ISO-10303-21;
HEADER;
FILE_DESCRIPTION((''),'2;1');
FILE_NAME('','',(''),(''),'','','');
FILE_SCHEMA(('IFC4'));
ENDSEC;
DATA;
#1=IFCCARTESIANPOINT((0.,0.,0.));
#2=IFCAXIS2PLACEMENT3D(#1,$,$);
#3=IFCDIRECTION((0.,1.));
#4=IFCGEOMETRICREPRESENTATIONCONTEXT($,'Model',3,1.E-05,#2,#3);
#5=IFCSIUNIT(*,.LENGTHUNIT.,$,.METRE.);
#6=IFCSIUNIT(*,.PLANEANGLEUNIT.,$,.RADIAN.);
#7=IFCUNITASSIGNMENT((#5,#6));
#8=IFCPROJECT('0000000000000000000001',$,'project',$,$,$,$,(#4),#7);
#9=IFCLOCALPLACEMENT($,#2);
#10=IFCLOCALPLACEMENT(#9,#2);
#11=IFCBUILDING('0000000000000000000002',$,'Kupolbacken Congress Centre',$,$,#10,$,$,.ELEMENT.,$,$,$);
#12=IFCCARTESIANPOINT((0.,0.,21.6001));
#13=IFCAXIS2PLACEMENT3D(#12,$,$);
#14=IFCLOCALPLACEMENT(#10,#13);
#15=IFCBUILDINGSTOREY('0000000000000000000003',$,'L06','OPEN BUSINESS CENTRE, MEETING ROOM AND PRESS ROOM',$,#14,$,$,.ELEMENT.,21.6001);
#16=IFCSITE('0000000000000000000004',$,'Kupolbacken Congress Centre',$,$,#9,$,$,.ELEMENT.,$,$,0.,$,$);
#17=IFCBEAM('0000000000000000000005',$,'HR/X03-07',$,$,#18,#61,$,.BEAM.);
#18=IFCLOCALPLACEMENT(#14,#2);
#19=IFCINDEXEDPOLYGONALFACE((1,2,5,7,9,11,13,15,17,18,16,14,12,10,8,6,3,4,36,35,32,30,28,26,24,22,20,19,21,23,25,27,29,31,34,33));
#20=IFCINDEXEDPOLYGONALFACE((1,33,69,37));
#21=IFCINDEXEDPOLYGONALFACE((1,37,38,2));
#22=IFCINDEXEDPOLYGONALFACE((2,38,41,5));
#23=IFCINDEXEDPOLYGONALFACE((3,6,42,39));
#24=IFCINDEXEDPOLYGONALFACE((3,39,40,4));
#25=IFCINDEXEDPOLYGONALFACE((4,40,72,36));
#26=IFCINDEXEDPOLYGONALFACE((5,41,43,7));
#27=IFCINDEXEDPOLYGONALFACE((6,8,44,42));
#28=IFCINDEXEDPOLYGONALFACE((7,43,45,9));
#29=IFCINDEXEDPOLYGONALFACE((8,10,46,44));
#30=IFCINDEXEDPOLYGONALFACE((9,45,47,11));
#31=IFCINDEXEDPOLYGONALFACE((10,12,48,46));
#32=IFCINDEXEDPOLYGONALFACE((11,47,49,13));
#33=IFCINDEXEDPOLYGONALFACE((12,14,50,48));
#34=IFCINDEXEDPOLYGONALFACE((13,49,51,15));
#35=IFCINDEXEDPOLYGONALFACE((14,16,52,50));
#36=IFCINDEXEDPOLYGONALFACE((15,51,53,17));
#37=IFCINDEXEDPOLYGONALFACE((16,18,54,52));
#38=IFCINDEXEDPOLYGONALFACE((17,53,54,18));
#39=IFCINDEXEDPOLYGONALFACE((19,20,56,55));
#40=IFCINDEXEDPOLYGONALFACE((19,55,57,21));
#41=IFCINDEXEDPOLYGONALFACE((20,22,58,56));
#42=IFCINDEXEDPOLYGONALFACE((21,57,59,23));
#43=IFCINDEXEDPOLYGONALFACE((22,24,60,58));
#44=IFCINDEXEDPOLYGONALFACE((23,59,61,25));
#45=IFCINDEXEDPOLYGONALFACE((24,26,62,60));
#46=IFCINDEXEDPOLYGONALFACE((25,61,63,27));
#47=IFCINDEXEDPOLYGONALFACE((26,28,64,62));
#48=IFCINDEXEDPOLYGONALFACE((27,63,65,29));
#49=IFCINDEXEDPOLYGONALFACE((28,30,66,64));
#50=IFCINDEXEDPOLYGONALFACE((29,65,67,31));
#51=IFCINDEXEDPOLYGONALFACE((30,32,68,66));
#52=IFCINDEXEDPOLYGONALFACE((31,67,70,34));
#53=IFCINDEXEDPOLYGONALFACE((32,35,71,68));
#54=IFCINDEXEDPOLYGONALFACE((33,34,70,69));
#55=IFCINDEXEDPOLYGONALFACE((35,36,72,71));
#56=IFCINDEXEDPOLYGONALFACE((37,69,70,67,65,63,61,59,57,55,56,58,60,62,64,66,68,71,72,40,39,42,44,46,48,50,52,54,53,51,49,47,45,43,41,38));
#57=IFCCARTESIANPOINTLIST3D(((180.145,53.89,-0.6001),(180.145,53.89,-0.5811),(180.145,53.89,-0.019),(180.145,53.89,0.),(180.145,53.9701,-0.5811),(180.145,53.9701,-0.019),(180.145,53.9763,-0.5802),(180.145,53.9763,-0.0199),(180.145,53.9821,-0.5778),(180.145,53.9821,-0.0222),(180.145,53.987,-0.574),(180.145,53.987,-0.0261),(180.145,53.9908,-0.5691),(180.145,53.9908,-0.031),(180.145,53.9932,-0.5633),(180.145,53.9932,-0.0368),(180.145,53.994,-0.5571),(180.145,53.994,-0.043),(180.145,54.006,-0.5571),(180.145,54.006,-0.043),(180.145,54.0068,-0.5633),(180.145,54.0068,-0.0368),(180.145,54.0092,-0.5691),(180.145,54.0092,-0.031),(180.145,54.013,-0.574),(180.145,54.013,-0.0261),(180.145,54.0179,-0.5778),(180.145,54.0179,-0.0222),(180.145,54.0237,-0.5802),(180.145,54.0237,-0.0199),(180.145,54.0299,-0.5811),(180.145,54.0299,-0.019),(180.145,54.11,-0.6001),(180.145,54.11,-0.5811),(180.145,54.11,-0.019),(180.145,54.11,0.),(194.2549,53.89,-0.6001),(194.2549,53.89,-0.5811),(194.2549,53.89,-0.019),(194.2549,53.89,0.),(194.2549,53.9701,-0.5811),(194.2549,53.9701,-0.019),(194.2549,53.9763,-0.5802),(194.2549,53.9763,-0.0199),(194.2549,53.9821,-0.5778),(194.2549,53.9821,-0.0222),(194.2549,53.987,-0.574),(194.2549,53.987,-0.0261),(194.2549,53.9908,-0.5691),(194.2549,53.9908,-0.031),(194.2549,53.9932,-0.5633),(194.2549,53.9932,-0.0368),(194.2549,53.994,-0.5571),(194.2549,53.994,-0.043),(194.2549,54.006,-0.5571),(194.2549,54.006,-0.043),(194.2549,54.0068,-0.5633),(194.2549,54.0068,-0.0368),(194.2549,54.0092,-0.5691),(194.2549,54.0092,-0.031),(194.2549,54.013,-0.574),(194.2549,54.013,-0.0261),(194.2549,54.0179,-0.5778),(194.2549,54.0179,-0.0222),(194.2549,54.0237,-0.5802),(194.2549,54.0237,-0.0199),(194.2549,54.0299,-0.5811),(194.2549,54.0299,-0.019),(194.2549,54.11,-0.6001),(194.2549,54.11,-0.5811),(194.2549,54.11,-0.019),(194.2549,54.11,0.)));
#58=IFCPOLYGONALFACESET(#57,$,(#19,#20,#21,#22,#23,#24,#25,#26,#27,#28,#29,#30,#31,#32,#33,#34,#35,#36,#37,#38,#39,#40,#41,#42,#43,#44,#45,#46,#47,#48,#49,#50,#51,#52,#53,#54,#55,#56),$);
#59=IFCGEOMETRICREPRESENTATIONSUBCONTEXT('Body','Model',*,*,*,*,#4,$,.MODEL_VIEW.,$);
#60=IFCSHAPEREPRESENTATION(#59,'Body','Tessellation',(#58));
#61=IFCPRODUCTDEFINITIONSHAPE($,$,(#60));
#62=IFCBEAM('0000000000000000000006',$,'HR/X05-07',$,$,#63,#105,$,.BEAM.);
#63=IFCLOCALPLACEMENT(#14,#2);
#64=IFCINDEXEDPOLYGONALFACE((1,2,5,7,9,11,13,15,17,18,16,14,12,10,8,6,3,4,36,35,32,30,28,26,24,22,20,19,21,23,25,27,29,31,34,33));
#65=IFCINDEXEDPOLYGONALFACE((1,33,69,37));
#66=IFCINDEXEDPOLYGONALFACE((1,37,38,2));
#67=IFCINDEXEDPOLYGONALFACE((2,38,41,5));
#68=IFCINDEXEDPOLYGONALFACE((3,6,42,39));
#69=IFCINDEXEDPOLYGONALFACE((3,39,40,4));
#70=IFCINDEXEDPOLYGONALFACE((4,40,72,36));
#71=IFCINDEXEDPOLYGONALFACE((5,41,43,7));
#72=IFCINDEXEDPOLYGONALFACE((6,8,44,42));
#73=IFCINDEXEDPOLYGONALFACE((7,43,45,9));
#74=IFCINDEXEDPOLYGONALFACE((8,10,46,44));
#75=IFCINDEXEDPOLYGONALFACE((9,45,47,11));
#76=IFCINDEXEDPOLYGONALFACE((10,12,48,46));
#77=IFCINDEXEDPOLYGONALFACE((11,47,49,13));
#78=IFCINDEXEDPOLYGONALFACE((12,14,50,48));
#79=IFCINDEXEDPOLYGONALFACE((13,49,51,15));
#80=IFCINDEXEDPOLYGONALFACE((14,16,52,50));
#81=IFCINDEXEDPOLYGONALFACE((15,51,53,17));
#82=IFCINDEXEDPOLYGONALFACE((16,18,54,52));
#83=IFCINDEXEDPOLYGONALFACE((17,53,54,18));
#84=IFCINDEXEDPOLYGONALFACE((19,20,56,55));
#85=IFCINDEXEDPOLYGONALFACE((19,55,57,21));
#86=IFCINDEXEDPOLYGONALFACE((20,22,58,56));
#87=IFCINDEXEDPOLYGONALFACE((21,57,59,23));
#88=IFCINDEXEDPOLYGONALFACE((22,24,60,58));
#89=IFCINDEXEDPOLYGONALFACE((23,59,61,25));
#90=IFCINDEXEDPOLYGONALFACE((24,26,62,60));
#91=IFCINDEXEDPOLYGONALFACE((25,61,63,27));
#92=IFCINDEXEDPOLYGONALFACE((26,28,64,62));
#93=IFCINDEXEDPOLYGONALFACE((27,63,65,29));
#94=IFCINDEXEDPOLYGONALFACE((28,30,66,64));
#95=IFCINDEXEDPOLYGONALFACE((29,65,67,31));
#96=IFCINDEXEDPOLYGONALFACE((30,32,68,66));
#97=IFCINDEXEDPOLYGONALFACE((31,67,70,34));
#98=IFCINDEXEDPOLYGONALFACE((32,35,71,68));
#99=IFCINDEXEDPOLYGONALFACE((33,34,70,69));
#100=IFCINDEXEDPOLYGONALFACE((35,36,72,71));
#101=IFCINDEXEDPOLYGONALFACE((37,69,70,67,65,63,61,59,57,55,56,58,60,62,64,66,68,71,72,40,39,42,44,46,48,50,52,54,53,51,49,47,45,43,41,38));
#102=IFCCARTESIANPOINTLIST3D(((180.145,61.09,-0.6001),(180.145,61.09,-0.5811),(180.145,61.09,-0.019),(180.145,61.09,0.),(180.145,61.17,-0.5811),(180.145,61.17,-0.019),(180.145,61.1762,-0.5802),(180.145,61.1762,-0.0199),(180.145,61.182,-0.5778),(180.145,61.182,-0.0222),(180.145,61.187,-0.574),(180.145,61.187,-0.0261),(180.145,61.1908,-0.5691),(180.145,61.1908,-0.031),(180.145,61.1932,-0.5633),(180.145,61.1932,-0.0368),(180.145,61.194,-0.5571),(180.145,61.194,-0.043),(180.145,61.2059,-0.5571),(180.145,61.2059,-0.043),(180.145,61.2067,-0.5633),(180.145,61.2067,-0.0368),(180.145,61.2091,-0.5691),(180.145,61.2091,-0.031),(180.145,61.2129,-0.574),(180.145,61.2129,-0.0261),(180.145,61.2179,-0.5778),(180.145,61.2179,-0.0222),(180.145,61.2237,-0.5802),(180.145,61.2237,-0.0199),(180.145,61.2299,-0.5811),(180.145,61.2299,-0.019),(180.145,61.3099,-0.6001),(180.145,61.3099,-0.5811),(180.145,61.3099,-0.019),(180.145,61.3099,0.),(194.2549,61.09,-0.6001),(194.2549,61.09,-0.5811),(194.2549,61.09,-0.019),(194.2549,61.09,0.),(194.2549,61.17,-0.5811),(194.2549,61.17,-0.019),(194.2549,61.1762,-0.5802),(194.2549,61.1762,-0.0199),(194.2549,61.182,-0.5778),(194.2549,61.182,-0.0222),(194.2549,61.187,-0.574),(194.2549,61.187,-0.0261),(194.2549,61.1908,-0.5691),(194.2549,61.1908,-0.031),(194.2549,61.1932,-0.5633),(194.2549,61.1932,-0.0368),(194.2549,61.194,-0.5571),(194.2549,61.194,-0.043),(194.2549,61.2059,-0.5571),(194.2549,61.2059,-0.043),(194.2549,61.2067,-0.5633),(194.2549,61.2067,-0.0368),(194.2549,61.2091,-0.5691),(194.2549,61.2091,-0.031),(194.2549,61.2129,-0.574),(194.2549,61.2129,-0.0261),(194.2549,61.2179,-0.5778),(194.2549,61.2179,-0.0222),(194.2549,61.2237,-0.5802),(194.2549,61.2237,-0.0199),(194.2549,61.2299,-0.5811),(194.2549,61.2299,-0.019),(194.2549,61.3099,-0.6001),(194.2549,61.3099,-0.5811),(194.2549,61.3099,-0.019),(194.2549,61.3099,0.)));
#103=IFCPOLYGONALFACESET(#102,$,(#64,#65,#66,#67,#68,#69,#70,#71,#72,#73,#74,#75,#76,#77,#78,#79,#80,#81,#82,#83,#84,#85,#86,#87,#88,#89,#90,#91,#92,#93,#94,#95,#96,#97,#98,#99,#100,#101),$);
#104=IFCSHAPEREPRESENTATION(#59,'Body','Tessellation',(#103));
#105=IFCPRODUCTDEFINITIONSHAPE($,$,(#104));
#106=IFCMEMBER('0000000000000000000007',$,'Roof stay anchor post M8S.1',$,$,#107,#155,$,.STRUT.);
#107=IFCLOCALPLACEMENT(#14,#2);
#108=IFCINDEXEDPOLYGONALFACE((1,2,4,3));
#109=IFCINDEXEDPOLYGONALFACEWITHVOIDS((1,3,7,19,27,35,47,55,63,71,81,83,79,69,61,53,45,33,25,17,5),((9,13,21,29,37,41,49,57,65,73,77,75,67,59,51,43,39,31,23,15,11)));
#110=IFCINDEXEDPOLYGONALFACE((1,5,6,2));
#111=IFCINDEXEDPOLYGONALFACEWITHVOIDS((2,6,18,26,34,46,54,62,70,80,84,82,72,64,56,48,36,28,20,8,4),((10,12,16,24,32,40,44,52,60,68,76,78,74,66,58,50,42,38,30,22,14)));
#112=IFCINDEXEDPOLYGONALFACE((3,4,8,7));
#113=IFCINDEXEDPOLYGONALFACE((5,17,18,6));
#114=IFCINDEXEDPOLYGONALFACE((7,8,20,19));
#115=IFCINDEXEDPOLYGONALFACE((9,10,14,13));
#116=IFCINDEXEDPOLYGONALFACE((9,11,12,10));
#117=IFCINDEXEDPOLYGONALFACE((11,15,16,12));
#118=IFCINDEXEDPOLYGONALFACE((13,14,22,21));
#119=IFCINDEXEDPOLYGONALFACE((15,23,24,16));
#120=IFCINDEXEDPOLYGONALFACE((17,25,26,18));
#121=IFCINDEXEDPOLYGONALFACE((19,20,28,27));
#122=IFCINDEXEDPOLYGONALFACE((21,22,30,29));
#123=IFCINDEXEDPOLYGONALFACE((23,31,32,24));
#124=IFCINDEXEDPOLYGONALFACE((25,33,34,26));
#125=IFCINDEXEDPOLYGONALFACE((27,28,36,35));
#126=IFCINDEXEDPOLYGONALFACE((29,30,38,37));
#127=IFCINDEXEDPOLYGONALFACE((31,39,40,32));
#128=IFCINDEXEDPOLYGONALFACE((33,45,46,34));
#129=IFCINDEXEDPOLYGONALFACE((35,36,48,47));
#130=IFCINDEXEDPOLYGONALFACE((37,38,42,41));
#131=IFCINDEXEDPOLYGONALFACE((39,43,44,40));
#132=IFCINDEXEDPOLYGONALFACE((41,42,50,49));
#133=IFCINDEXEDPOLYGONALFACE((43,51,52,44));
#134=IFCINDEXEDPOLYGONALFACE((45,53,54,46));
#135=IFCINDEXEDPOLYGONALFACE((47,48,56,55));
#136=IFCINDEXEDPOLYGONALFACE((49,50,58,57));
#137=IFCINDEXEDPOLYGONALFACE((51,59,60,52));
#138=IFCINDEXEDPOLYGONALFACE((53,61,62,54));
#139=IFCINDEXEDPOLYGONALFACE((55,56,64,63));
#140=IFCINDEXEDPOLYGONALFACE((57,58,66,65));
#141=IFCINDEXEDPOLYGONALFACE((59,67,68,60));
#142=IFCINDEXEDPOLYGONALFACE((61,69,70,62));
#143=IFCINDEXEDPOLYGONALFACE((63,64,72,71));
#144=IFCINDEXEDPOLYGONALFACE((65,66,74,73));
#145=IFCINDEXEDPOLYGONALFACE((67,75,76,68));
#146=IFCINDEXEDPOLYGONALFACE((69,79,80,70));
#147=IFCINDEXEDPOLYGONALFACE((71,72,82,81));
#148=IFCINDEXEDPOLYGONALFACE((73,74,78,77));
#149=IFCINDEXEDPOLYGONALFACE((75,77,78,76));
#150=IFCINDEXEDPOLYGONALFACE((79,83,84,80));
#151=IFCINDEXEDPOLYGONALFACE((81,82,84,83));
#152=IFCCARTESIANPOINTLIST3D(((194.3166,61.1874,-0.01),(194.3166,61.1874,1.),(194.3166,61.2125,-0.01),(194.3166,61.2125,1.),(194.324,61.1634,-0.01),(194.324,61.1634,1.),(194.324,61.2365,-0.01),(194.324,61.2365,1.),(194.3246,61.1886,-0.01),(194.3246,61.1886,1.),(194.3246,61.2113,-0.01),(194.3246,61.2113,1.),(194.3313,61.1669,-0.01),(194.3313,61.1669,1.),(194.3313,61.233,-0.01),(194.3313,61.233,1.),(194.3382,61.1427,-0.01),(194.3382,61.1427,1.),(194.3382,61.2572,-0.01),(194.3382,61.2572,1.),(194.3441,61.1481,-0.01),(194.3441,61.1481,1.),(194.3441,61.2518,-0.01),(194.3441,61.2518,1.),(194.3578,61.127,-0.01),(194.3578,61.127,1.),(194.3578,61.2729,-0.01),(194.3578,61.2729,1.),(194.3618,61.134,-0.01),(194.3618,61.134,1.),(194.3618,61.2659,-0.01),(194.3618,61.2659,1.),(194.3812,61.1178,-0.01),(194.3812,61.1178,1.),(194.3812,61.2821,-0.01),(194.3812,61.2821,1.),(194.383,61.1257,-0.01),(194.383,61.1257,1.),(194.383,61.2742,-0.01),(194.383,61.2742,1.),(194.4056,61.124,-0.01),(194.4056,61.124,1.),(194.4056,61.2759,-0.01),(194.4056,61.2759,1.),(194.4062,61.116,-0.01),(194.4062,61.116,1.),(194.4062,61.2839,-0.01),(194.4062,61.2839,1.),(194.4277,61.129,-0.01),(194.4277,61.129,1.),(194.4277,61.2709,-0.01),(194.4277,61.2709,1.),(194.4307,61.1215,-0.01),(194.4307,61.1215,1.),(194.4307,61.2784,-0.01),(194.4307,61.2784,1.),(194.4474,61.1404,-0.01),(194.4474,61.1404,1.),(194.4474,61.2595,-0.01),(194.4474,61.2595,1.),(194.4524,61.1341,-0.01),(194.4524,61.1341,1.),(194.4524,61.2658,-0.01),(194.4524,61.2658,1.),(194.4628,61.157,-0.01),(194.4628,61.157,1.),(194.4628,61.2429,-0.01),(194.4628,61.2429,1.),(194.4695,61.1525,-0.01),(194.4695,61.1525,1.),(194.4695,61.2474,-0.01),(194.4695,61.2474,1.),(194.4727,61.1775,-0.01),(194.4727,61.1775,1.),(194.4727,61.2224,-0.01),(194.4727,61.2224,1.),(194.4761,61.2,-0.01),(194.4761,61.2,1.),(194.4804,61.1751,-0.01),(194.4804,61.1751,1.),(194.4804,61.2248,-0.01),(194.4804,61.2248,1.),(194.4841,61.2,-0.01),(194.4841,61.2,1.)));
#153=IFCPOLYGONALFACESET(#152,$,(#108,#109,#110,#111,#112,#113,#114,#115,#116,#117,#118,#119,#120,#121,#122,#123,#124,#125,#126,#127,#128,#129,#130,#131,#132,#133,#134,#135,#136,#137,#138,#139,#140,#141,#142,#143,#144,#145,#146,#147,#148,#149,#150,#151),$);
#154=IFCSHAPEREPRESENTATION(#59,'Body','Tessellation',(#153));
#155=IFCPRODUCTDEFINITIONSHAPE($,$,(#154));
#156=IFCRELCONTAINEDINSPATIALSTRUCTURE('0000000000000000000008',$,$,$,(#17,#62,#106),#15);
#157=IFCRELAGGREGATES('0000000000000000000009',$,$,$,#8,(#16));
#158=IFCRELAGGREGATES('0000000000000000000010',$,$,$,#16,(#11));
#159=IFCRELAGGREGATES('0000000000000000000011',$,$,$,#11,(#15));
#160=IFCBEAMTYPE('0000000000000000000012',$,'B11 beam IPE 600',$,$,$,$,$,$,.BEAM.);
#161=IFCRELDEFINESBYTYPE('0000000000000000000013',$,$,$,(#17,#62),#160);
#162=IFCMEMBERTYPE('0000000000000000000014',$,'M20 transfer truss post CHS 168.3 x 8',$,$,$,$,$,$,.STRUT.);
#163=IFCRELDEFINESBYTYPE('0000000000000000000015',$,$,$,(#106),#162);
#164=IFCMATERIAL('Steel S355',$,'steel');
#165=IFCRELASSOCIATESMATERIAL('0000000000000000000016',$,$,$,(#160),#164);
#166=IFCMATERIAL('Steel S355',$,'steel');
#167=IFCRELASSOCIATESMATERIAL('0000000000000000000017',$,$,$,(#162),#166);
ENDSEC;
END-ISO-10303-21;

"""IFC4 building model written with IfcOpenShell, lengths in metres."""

from ifc_helpers import new_model, si_unit, direction, frame, origin, origin_2d, place, context, subcontext, project, spatial, hollow_circle, i_section, extrude, material, material_profile, profile_set, type_object, element, save


model = new_model("IFC4")

# Units and contexts
model_context = context("Model", 3, precision=1e-05, world=origin(), true_north=direction((0.0, 1.0)))
body_context = subcontext(model_context, "Body", "Model", "MODEL_VIEW")
ifc_project = project(units=[si_unit("LENGTHUNIT", "METRE"), si_unit("PLANEANGLEUNIT", "RADIAN")], contexts=[model_context])

# Site, building, storey
site_placement = place(None, origin())
site = spatial("IfcSite", under=ifc_project, at=site_placement, Name="Kupolbacken Congress Centre", CompositionType="ELEMENT", RefElevation=0.0)
building_placement = place(site_placement, origin())
building = spatial("IfcBuilding", under=site, at=building_placement, Name="Kupolbacken Congress Centre", CompositionType="ELEMENT")
storey_placement = place(building_placement, frame((0.0, 0.0, 21.6001)))
storey = spatial("IfcBuildingStorey", under=building, at=storey_placement, Name="L06", Description="OPEN BUSINESS CENTRE, MEETING ROOM AND PRESS ROOM", CompositionType="ELEMENT", Elevation=21.6001)

# Beams
ifc_material_1 = material(Name="Steel S355", Category="steel")
ifc_material_profile_1 = material_profile(ifc_material_1, i_section(OverallWidth=0.22, OverallDepth=0.6001, WebThickness=0.012, FlangeThickness=0.019, FilletRadius=0.0239, at=origin_2d()), Name="IPE 600")
ifc_profile_set_1 = profile_set([ifc_material_profile_1], Name="Steel S355")
beam_type_1 = type_object("IfcBeamType", Name="B11 beam IPE 600", PredefinedType="BEAM", material=ifc_profile_set_1)
for number, where, z_axis, x_axis, name in (
    (1, (180.145, 54.0, -0.3), (1.0, 0.0, 0.0), (0.0, 1.0, 0.0), "HR/X03-07"),
    (2, (180.145, 61.2, -0.3), (1.0, 0.0, 0.0), (0.0, 1.0, 0.0), "HR/X05-07"),
):
    element("IfcBeam", number, at=place(storey_placement, frame(where, z_axis=z_axis, x_axis=x_axis)), inside=storey, type_object=beam_type_1, Name=name, PredefinedType="BEAM", context=body_context, shape_type="SweptSolid", body=[
        extrude(i_section(OverallWidth=0.22, OverallDepth=0.6001, WebThickness=0.012, FlangeThickness=0.019, FilletRadius=0.0239, at=origin_2d()), origin(), (0.0, 0.0, 1.0), 14.1099),
    ])

# Member
ifc_material_2 = material(Name="Steel S355", Category="steel")
ifc_material_profile_2 = material_profile(ifc_material_2, hollow_circle(Radius=0.0842, WallThickness=0.0081, at=origin_2d()), Name="CHS 168.3 x 8")
ifc_profile_set_2 = profile_set([ifc_material_profile_2], Name="Steel S355")
member_type_1 = type_object("IfcMemberType", Name="M20 transfer truss post CHS 168.3 x 8", PredefinedType="STRUT", material=ifc_profile_set_2)
member_placement = place(storey_placement, frame((194.3999, 61.2, -0.01), z_axis=(0.0, 0.0, 1.0), x_axis=(1.0, 0.0, 0.0)))
element("IfcMember", 3, at=member_placement, inside=storey, type_object=member_type_1, Name="Roof stay anchor post M8S.1", PredefinedType="STRUT", context=body_context, shape_type="SweptSolid", body=[
    extrude(hollow_circle(Radius=0.0842, WallThickness=0.0081, at=origin_2d()), origin(), (0.0, 0.0, 1.0), 1.01),
])

save(model, "model.ifc")
